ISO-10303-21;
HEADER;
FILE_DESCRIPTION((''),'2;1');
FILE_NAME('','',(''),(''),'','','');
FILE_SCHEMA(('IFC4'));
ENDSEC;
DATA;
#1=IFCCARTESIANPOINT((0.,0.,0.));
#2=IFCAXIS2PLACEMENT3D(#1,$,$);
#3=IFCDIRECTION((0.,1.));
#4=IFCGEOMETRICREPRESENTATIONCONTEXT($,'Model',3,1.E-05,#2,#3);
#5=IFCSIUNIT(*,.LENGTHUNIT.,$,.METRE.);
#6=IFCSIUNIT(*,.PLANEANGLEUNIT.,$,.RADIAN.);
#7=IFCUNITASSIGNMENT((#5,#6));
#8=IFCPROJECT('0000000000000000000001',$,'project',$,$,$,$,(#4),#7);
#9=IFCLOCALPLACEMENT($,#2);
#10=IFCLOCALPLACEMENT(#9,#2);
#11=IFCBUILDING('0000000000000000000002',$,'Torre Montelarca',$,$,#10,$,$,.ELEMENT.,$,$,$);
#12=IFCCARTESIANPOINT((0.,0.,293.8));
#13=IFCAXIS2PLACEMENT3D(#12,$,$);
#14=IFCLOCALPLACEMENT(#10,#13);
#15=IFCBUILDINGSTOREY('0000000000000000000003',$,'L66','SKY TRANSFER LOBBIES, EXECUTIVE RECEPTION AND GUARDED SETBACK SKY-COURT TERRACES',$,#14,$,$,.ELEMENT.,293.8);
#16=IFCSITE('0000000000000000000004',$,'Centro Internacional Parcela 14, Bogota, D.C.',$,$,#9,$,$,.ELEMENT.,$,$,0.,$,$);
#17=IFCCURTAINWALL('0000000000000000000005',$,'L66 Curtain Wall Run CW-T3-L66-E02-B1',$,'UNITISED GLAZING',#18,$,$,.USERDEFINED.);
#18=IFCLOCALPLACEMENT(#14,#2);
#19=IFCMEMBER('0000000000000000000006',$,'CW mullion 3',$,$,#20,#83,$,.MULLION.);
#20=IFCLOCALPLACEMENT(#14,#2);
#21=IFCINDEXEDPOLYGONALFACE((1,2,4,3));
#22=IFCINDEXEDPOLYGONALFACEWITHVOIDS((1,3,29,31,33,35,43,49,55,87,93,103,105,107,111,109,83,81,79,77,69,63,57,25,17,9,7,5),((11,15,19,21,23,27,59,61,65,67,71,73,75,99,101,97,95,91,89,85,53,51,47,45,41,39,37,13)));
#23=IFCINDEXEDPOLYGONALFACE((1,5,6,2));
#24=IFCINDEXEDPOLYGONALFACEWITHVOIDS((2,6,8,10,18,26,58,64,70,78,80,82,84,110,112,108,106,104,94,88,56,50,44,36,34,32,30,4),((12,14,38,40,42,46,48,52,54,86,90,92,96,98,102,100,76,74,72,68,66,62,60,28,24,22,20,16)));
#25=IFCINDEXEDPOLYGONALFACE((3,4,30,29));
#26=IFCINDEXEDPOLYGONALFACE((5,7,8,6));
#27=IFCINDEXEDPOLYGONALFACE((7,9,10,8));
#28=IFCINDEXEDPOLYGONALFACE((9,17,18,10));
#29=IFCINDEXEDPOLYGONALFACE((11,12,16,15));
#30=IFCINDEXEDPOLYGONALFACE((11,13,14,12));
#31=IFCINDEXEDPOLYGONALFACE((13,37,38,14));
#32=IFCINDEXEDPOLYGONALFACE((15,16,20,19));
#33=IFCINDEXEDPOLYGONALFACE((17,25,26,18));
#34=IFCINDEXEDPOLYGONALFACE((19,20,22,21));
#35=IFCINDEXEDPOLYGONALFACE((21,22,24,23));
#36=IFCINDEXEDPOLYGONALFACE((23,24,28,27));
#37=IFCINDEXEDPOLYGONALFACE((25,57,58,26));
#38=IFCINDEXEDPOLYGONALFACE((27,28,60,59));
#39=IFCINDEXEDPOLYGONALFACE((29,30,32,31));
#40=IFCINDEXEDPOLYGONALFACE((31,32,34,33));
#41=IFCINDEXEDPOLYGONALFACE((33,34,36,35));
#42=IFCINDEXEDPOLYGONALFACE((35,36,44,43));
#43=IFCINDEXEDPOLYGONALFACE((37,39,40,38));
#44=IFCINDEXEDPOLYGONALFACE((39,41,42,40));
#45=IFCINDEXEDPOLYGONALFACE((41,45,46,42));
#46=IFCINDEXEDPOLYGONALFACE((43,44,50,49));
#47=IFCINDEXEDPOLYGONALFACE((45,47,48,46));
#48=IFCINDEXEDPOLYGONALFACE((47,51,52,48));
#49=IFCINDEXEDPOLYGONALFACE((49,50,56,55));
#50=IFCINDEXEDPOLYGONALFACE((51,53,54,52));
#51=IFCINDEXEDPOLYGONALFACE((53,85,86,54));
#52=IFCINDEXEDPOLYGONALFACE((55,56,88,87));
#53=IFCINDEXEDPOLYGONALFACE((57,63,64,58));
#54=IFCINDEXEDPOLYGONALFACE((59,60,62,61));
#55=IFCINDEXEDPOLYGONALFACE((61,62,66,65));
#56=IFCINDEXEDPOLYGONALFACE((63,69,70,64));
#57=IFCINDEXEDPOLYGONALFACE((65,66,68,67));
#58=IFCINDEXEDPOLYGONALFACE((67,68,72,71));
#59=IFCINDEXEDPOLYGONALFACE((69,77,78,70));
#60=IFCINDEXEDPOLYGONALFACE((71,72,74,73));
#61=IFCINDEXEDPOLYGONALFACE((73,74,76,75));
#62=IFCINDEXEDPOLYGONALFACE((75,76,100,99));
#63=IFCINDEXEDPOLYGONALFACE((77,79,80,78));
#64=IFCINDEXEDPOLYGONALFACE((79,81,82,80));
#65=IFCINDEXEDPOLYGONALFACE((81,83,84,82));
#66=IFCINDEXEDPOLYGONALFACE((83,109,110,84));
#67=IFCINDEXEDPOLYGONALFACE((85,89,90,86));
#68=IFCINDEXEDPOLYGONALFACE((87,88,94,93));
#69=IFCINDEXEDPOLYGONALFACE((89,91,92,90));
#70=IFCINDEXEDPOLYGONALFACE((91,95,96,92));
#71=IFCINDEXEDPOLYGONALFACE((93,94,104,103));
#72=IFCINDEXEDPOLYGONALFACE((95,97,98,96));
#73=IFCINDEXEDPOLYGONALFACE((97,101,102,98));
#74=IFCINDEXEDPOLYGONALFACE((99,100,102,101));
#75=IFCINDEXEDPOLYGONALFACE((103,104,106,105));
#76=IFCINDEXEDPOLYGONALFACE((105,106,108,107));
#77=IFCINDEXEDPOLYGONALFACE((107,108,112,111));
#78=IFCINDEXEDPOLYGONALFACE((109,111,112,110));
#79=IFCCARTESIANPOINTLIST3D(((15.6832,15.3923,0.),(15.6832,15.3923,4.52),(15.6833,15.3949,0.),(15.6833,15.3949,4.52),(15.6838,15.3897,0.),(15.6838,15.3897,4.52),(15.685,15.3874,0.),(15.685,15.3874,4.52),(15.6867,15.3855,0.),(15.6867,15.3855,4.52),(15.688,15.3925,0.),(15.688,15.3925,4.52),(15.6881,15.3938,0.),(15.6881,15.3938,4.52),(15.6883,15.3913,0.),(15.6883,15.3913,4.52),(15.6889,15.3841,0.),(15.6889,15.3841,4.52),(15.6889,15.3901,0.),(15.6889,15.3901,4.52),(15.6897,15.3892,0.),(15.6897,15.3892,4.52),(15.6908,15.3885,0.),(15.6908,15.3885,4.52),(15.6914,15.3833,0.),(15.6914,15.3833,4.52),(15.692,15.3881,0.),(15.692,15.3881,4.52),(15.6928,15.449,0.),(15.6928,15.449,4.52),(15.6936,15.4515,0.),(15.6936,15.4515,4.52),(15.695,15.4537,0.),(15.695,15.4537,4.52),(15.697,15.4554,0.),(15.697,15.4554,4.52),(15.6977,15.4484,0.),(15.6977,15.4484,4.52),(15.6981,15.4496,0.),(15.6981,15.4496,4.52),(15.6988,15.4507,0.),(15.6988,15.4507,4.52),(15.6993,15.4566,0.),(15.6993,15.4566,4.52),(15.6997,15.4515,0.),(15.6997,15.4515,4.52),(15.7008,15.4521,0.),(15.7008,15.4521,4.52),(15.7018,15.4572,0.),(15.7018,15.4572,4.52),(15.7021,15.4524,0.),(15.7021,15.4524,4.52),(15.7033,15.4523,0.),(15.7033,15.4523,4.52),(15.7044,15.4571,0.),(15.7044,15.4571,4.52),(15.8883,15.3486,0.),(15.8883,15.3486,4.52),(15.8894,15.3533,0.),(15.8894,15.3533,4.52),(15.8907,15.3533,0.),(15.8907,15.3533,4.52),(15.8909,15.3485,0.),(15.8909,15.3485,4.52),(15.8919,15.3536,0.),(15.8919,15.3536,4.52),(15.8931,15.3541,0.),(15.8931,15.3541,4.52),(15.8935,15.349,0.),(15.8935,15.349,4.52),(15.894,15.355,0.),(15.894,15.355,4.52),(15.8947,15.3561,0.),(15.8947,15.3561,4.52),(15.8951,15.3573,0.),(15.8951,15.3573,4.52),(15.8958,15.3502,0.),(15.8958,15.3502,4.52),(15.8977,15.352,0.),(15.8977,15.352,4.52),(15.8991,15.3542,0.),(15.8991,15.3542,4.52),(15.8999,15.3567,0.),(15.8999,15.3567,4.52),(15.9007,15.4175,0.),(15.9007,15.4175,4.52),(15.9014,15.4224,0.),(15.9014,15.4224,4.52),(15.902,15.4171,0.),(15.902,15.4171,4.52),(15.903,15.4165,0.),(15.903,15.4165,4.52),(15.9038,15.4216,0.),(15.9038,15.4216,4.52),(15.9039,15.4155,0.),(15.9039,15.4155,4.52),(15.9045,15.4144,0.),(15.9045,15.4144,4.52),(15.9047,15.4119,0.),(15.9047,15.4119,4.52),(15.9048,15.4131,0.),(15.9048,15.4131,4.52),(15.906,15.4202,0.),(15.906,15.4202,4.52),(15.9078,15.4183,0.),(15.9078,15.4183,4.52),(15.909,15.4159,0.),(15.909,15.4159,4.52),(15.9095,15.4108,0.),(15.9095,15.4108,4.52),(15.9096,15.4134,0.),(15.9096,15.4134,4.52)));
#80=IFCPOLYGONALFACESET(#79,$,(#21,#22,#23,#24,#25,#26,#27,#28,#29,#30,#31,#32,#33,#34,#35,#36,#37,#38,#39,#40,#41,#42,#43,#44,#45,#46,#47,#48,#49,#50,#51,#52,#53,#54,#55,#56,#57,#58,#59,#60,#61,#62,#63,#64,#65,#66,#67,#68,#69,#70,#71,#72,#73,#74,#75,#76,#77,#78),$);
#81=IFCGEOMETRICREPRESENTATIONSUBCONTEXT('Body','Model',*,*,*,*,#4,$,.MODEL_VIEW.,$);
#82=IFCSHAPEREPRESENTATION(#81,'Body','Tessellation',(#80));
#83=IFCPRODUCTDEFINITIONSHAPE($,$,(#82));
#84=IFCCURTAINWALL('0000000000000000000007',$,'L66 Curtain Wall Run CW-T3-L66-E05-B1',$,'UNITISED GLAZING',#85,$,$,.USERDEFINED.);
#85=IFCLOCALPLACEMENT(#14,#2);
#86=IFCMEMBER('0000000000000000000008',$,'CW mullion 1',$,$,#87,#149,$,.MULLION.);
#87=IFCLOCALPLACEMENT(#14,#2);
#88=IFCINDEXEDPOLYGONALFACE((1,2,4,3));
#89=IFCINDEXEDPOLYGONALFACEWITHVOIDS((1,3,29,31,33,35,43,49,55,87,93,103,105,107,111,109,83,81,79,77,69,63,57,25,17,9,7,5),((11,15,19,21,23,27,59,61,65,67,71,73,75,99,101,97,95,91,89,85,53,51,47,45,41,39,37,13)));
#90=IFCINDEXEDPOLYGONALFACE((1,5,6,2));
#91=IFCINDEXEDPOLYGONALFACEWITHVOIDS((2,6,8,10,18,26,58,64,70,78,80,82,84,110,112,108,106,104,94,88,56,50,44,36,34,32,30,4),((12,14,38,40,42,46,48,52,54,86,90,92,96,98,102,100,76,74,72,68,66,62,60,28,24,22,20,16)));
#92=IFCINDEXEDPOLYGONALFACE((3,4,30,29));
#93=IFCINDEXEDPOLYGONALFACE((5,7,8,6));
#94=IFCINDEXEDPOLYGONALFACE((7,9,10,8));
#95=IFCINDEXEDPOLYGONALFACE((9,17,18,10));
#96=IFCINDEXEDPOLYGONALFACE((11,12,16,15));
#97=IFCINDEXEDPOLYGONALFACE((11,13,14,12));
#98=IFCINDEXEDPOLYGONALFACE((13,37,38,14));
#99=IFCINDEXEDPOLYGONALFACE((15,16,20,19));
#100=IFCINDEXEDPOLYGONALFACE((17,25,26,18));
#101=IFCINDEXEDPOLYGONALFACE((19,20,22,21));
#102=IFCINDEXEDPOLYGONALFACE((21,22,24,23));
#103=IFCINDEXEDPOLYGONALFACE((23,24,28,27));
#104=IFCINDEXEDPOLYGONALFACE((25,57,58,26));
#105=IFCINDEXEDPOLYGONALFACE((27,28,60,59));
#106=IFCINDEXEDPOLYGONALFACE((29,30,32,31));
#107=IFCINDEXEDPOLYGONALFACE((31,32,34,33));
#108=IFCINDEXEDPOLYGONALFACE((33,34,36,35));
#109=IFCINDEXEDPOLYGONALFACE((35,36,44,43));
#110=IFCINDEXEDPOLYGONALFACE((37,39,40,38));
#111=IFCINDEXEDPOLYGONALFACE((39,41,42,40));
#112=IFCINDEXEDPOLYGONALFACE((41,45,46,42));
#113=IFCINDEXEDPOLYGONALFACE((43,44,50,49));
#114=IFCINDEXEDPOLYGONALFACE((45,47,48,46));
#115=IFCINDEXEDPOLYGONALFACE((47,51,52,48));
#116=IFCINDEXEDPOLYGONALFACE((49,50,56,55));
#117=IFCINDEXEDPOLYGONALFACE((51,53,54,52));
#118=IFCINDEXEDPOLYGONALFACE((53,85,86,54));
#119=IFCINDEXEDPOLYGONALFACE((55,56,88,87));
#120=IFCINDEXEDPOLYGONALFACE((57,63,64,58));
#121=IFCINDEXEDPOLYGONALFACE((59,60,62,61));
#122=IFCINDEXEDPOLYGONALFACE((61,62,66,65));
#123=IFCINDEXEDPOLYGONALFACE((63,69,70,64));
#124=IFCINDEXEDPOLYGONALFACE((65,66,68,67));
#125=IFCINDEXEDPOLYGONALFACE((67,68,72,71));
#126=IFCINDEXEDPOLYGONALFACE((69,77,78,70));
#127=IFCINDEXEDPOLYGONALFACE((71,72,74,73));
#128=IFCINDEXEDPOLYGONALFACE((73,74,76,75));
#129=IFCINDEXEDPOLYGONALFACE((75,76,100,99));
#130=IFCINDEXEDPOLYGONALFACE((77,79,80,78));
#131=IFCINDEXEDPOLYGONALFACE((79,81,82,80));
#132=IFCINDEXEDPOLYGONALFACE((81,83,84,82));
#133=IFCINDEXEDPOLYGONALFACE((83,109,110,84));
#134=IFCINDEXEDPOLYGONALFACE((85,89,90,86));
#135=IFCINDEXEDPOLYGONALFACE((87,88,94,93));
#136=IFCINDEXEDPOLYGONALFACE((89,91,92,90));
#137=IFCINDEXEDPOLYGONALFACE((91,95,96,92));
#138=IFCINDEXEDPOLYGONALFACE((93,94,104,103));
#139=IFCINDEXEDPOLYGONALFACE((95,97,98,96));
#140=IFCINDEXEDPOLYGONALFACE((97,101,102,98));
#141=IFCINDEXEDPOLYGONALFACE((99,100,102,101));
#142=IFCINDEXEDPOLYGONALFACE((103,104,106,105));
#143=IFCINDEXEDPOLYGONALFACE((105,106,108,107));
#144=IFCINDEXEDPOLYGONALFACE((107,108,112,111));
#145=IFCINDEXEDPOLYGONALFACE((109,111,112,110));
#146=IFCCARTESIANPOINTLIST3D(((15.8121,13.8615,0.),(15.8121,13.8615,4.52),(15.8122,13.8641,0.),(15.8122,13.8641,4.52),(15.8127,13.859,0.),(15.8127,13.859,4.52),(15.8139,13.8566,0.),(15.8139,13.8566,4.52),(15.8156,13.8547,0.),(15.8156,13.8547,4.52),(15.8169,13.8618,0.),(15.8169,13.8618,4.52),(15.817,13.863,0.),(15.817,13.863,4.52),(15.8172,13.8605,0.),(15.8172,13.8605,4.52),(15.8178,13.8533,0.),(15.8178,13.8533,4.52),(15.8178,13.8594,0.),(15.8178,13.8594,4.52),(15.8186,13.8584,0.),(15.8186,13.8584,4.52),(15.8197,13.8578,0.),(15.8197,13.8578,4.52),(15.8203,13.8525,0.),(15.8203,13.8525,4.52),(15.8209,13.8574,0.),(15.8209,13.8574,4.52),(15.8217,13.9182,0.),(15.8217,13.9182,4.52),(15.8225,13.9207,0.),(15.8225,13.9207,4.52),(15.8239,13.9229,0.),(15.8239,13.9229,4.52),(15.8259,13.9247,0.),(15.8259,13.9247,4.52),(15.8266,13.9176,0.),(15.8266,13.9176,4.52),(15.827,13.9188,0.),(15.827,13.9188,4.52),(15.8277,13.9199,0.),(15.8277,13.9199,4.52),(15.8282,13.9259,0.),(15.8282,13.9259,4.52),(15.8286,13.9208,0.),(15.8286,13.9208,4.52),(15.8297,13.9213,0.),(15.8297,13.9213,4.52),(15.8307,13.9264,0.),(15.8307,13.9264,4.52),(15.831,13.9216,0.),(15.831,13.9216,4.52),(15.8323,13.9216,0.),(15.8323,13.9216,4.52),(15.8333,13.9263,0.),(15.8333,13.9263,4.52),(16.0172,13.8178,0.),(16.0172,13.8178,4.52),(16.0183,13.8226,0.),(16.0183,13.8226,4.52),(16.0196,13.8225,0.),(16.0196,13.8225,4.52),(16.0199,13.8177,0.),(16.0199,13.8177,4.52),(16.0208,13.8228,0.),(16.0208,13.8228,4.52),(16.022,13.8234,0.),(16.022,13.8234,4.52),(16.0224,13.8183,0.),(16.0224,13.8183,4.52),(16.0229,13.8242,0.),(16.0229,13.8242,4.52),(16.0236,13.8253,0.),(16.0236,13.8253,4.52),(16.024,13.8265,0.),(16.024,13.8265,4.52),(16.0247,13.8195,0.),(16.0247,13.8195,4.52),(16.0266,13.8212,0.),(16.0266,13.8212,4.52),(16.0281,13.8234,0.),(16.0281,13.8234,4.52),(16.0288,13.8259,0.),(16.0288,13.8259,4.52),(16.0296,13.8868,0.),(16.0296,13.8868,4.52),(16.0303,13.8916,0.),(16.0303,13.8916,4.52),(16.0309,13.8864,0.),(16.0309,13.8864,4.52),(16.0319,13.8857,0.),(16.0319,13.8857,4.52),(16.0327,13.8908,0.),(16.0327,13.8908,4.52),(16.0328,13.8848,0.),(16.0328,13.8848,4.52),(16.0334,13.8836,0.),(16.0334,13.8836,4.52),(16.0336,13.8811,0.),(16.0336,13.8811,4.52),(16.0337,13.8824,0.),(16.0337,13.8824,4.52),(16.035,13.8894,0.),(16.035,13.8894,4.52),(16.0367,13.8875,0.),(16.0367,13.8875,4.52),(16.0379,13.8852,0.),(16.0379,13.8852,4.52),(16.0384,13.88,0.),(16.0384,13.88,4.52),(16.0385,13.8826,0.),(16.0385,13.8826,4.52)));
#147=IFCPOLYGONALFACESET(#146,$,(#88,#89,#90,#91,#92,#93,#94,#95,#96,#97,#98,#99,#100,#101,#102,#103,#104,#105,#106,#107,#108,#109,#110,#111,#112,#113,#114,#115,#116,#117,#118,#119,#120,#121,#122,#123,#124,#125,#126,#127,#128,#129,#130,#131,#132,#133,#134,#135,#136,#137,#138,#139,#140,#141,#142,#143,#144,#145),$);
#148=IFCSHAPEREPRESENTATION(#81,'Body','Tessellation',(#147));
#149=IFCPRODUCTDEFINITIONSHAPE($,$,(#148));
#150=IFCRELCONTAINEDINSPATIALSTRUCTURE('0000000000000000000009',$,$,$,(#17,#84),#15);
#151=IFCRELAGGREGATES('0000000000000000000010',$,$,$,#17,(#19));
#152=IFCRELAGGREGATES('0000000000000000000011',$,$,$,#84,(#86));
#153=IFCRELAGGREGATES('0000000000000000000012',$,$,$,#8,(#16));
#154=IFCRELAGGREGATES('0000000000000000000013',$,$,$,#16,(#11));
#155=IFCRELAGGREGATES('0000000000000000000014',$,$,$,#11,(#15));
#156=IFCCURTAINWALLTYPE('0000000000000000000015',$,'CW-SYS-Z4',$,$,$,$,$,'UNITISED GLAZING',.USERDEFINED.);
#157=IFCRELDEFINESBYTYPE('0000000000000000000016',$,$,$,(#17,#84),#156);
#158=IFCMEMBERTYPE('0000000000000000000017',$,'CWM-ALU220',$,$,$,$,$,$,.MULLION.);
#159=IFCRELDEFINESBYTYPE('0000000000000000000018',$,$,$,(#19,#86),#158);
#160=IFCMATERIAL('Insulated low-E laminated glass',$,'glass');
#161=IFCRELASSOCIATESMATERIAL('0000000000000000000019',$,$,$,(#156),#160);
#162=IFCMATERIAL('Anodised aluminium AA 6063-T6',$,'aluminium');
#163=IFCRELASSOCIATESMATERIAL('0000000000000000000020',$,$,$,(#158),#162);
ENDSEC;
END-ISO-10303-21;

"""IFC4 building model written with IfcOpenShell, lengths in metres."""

from ifc_helpers import new_model, si_unit, direction, frame, origin, origin_2d, place, context, subcontext, project, spatial, hollow_rectangle, extrude, source, transform, mapped, material, material_profile, profile_set, type_object, element, aggregate, save


model = new_model("IFC4")

# Units and contexts
model_context = context("Model", 3, precision=1e-05, world=origin(), true_north=direction((0.0, 1.0)))
body_context = subcontext(model_context, "Body", "Model", "MODEL_VIEW")
ifc_project = project(units=[si_unit("LENGTHUNIT", "METRE"), si_unit("PLANEANGLEUNIT", "RADIAN")], contexts=[model_context])

# Site, building, storey
site_placement = place(None, origin())
site = spatial("IfcSite", under=ifc_project, at=site_placement, Name="Centro Internacional Parcela 14, Bogota, D.C.", CompositionType="ELEMENT", RefElevation=0.0)
building_placement = place(site_placement, origin())
building = spatial("IfcBuilding", under=site, at=building_placement, Name="Torre Montelarca", CompositionType="ELEMENT")
storey_placement = place(building_placement, frame((0.0, 0.0, 293.8)))
storey = spatial("IfcBuildingStorey", under=building, at=storey_placement, Name="L66", Description="SKY TRANSFER LOBBIES, EXECUTIVE RECEPTION AND GUARDED SETBACK SKY-COURT TERRACES", CompositionType="ELEMENT", Elevation=293.8)

# Curtain walls, members
ifc_material_1 = material(Name="Insulated low-E laminated glass", Category="glass")
curtain_wall_type = type_object("IfcCurtainWallType", Name="CW-SYS-Z4", ElementType="UNITISED GLAZING", PredefinedType="USERDEFINED", material=ifc_material_1)
curtain_wall_1_placement = place(storey_placement, origin())
curtain_wall_1 = element("IfcCurtainWall", 1, at=curtain_wall_1_placement, inside=storey, type_object=curtain_wall_type, Name="L66 Curtain Wall Run CW-T3-L66-E02-B1", ObjectType="UNITISED GLAZING", PredefinedType="USERDEFINED")
ifc_material_2 = material(Name="Anodised aluminium AA 6063-T6", Category="aluminium")
ifc_material_profile_1 = material_profile(ifc_material_2, hollow_rectangle(XDim=0.075, YDim=0.22, WallThickness=0.0049, InnerFilletRadius=0.0049, OuterFilletRadius=0.01, at=origin_2d()), Name="ALU75X220X5", Category="aluminium")
ifc_profile_set_1 = profile_set([ifc_material_profile_1], Name="Anodised aluminium AA 6063-T6")
member_type_1 = type_object("IfcMemberType", Name="CWM-ALU220", PredefinedType="MULLION", material=ifc_profile_set_1)
shared_shape_1 = source(origin(), body_context, "Body", "SweptSolid", [
    extrude(hollow_rectangle(XDim=0.075, YDim=0.22, WallThickness=0.0049, InnerFilletRadius=0.0049, OuterFilletRadius=0.01, at=origin_2d()), origin(), (0.0, 0.0, 1.0), 4.52),
])
member_1_placement = place(storey_placement, frame((15.7964, 15.4028, 0.0), z_axis=(0.0, 0.0, 1.0), x_axis=(0.173642, 0.984809, 0.0)))
member_1 = element("IfcMember", 2, at=member_1_placement, type_object=member_type_1, Name="CW mullion 3", PredefinedType="MULLION", context=body_context, shape_type="MappedRepresentation", body=[
    mapped(shared_shape_1, transform((0.0, 0.0, 0.0), scale=1.0)),
])
curtain_wall_2_placement = place(storey_placement, origin())
curtain_wall_2 = element("IfcCurtainWall", 3, at=curtain_wall_2_placement, inside=storey, type_object=curtain_wall_type, Name="L66 Curtain Wall Run CW-T3-L66-E05-B1", ObjectType="UNITISED GLAZING", PredefinedType="USERDEFINED")
member_2_placement = place(storey_placement, frame((15.9253, 13.8721, 0.0), z_axis=(0.0, 0.0, 1.0), x_axis=(0.173635, 0.98481, 0.0)))
member_2 = element("IfcMember", 4, at=member_2_placement, type_object=member_type_1, Name="CW mullion 1", PredefinedType="MULLION", context=body_context, shape_type="MappedRepresentation", body=[
    mapped(shared_shape_1, transform((0.0, 0.0, 0.0), scale=1.0)),
])

aggregate(curtain_wall_1, [member_1])
aggregate(curtain_wall_2, [member_2])

save(model, "model.ifc")
